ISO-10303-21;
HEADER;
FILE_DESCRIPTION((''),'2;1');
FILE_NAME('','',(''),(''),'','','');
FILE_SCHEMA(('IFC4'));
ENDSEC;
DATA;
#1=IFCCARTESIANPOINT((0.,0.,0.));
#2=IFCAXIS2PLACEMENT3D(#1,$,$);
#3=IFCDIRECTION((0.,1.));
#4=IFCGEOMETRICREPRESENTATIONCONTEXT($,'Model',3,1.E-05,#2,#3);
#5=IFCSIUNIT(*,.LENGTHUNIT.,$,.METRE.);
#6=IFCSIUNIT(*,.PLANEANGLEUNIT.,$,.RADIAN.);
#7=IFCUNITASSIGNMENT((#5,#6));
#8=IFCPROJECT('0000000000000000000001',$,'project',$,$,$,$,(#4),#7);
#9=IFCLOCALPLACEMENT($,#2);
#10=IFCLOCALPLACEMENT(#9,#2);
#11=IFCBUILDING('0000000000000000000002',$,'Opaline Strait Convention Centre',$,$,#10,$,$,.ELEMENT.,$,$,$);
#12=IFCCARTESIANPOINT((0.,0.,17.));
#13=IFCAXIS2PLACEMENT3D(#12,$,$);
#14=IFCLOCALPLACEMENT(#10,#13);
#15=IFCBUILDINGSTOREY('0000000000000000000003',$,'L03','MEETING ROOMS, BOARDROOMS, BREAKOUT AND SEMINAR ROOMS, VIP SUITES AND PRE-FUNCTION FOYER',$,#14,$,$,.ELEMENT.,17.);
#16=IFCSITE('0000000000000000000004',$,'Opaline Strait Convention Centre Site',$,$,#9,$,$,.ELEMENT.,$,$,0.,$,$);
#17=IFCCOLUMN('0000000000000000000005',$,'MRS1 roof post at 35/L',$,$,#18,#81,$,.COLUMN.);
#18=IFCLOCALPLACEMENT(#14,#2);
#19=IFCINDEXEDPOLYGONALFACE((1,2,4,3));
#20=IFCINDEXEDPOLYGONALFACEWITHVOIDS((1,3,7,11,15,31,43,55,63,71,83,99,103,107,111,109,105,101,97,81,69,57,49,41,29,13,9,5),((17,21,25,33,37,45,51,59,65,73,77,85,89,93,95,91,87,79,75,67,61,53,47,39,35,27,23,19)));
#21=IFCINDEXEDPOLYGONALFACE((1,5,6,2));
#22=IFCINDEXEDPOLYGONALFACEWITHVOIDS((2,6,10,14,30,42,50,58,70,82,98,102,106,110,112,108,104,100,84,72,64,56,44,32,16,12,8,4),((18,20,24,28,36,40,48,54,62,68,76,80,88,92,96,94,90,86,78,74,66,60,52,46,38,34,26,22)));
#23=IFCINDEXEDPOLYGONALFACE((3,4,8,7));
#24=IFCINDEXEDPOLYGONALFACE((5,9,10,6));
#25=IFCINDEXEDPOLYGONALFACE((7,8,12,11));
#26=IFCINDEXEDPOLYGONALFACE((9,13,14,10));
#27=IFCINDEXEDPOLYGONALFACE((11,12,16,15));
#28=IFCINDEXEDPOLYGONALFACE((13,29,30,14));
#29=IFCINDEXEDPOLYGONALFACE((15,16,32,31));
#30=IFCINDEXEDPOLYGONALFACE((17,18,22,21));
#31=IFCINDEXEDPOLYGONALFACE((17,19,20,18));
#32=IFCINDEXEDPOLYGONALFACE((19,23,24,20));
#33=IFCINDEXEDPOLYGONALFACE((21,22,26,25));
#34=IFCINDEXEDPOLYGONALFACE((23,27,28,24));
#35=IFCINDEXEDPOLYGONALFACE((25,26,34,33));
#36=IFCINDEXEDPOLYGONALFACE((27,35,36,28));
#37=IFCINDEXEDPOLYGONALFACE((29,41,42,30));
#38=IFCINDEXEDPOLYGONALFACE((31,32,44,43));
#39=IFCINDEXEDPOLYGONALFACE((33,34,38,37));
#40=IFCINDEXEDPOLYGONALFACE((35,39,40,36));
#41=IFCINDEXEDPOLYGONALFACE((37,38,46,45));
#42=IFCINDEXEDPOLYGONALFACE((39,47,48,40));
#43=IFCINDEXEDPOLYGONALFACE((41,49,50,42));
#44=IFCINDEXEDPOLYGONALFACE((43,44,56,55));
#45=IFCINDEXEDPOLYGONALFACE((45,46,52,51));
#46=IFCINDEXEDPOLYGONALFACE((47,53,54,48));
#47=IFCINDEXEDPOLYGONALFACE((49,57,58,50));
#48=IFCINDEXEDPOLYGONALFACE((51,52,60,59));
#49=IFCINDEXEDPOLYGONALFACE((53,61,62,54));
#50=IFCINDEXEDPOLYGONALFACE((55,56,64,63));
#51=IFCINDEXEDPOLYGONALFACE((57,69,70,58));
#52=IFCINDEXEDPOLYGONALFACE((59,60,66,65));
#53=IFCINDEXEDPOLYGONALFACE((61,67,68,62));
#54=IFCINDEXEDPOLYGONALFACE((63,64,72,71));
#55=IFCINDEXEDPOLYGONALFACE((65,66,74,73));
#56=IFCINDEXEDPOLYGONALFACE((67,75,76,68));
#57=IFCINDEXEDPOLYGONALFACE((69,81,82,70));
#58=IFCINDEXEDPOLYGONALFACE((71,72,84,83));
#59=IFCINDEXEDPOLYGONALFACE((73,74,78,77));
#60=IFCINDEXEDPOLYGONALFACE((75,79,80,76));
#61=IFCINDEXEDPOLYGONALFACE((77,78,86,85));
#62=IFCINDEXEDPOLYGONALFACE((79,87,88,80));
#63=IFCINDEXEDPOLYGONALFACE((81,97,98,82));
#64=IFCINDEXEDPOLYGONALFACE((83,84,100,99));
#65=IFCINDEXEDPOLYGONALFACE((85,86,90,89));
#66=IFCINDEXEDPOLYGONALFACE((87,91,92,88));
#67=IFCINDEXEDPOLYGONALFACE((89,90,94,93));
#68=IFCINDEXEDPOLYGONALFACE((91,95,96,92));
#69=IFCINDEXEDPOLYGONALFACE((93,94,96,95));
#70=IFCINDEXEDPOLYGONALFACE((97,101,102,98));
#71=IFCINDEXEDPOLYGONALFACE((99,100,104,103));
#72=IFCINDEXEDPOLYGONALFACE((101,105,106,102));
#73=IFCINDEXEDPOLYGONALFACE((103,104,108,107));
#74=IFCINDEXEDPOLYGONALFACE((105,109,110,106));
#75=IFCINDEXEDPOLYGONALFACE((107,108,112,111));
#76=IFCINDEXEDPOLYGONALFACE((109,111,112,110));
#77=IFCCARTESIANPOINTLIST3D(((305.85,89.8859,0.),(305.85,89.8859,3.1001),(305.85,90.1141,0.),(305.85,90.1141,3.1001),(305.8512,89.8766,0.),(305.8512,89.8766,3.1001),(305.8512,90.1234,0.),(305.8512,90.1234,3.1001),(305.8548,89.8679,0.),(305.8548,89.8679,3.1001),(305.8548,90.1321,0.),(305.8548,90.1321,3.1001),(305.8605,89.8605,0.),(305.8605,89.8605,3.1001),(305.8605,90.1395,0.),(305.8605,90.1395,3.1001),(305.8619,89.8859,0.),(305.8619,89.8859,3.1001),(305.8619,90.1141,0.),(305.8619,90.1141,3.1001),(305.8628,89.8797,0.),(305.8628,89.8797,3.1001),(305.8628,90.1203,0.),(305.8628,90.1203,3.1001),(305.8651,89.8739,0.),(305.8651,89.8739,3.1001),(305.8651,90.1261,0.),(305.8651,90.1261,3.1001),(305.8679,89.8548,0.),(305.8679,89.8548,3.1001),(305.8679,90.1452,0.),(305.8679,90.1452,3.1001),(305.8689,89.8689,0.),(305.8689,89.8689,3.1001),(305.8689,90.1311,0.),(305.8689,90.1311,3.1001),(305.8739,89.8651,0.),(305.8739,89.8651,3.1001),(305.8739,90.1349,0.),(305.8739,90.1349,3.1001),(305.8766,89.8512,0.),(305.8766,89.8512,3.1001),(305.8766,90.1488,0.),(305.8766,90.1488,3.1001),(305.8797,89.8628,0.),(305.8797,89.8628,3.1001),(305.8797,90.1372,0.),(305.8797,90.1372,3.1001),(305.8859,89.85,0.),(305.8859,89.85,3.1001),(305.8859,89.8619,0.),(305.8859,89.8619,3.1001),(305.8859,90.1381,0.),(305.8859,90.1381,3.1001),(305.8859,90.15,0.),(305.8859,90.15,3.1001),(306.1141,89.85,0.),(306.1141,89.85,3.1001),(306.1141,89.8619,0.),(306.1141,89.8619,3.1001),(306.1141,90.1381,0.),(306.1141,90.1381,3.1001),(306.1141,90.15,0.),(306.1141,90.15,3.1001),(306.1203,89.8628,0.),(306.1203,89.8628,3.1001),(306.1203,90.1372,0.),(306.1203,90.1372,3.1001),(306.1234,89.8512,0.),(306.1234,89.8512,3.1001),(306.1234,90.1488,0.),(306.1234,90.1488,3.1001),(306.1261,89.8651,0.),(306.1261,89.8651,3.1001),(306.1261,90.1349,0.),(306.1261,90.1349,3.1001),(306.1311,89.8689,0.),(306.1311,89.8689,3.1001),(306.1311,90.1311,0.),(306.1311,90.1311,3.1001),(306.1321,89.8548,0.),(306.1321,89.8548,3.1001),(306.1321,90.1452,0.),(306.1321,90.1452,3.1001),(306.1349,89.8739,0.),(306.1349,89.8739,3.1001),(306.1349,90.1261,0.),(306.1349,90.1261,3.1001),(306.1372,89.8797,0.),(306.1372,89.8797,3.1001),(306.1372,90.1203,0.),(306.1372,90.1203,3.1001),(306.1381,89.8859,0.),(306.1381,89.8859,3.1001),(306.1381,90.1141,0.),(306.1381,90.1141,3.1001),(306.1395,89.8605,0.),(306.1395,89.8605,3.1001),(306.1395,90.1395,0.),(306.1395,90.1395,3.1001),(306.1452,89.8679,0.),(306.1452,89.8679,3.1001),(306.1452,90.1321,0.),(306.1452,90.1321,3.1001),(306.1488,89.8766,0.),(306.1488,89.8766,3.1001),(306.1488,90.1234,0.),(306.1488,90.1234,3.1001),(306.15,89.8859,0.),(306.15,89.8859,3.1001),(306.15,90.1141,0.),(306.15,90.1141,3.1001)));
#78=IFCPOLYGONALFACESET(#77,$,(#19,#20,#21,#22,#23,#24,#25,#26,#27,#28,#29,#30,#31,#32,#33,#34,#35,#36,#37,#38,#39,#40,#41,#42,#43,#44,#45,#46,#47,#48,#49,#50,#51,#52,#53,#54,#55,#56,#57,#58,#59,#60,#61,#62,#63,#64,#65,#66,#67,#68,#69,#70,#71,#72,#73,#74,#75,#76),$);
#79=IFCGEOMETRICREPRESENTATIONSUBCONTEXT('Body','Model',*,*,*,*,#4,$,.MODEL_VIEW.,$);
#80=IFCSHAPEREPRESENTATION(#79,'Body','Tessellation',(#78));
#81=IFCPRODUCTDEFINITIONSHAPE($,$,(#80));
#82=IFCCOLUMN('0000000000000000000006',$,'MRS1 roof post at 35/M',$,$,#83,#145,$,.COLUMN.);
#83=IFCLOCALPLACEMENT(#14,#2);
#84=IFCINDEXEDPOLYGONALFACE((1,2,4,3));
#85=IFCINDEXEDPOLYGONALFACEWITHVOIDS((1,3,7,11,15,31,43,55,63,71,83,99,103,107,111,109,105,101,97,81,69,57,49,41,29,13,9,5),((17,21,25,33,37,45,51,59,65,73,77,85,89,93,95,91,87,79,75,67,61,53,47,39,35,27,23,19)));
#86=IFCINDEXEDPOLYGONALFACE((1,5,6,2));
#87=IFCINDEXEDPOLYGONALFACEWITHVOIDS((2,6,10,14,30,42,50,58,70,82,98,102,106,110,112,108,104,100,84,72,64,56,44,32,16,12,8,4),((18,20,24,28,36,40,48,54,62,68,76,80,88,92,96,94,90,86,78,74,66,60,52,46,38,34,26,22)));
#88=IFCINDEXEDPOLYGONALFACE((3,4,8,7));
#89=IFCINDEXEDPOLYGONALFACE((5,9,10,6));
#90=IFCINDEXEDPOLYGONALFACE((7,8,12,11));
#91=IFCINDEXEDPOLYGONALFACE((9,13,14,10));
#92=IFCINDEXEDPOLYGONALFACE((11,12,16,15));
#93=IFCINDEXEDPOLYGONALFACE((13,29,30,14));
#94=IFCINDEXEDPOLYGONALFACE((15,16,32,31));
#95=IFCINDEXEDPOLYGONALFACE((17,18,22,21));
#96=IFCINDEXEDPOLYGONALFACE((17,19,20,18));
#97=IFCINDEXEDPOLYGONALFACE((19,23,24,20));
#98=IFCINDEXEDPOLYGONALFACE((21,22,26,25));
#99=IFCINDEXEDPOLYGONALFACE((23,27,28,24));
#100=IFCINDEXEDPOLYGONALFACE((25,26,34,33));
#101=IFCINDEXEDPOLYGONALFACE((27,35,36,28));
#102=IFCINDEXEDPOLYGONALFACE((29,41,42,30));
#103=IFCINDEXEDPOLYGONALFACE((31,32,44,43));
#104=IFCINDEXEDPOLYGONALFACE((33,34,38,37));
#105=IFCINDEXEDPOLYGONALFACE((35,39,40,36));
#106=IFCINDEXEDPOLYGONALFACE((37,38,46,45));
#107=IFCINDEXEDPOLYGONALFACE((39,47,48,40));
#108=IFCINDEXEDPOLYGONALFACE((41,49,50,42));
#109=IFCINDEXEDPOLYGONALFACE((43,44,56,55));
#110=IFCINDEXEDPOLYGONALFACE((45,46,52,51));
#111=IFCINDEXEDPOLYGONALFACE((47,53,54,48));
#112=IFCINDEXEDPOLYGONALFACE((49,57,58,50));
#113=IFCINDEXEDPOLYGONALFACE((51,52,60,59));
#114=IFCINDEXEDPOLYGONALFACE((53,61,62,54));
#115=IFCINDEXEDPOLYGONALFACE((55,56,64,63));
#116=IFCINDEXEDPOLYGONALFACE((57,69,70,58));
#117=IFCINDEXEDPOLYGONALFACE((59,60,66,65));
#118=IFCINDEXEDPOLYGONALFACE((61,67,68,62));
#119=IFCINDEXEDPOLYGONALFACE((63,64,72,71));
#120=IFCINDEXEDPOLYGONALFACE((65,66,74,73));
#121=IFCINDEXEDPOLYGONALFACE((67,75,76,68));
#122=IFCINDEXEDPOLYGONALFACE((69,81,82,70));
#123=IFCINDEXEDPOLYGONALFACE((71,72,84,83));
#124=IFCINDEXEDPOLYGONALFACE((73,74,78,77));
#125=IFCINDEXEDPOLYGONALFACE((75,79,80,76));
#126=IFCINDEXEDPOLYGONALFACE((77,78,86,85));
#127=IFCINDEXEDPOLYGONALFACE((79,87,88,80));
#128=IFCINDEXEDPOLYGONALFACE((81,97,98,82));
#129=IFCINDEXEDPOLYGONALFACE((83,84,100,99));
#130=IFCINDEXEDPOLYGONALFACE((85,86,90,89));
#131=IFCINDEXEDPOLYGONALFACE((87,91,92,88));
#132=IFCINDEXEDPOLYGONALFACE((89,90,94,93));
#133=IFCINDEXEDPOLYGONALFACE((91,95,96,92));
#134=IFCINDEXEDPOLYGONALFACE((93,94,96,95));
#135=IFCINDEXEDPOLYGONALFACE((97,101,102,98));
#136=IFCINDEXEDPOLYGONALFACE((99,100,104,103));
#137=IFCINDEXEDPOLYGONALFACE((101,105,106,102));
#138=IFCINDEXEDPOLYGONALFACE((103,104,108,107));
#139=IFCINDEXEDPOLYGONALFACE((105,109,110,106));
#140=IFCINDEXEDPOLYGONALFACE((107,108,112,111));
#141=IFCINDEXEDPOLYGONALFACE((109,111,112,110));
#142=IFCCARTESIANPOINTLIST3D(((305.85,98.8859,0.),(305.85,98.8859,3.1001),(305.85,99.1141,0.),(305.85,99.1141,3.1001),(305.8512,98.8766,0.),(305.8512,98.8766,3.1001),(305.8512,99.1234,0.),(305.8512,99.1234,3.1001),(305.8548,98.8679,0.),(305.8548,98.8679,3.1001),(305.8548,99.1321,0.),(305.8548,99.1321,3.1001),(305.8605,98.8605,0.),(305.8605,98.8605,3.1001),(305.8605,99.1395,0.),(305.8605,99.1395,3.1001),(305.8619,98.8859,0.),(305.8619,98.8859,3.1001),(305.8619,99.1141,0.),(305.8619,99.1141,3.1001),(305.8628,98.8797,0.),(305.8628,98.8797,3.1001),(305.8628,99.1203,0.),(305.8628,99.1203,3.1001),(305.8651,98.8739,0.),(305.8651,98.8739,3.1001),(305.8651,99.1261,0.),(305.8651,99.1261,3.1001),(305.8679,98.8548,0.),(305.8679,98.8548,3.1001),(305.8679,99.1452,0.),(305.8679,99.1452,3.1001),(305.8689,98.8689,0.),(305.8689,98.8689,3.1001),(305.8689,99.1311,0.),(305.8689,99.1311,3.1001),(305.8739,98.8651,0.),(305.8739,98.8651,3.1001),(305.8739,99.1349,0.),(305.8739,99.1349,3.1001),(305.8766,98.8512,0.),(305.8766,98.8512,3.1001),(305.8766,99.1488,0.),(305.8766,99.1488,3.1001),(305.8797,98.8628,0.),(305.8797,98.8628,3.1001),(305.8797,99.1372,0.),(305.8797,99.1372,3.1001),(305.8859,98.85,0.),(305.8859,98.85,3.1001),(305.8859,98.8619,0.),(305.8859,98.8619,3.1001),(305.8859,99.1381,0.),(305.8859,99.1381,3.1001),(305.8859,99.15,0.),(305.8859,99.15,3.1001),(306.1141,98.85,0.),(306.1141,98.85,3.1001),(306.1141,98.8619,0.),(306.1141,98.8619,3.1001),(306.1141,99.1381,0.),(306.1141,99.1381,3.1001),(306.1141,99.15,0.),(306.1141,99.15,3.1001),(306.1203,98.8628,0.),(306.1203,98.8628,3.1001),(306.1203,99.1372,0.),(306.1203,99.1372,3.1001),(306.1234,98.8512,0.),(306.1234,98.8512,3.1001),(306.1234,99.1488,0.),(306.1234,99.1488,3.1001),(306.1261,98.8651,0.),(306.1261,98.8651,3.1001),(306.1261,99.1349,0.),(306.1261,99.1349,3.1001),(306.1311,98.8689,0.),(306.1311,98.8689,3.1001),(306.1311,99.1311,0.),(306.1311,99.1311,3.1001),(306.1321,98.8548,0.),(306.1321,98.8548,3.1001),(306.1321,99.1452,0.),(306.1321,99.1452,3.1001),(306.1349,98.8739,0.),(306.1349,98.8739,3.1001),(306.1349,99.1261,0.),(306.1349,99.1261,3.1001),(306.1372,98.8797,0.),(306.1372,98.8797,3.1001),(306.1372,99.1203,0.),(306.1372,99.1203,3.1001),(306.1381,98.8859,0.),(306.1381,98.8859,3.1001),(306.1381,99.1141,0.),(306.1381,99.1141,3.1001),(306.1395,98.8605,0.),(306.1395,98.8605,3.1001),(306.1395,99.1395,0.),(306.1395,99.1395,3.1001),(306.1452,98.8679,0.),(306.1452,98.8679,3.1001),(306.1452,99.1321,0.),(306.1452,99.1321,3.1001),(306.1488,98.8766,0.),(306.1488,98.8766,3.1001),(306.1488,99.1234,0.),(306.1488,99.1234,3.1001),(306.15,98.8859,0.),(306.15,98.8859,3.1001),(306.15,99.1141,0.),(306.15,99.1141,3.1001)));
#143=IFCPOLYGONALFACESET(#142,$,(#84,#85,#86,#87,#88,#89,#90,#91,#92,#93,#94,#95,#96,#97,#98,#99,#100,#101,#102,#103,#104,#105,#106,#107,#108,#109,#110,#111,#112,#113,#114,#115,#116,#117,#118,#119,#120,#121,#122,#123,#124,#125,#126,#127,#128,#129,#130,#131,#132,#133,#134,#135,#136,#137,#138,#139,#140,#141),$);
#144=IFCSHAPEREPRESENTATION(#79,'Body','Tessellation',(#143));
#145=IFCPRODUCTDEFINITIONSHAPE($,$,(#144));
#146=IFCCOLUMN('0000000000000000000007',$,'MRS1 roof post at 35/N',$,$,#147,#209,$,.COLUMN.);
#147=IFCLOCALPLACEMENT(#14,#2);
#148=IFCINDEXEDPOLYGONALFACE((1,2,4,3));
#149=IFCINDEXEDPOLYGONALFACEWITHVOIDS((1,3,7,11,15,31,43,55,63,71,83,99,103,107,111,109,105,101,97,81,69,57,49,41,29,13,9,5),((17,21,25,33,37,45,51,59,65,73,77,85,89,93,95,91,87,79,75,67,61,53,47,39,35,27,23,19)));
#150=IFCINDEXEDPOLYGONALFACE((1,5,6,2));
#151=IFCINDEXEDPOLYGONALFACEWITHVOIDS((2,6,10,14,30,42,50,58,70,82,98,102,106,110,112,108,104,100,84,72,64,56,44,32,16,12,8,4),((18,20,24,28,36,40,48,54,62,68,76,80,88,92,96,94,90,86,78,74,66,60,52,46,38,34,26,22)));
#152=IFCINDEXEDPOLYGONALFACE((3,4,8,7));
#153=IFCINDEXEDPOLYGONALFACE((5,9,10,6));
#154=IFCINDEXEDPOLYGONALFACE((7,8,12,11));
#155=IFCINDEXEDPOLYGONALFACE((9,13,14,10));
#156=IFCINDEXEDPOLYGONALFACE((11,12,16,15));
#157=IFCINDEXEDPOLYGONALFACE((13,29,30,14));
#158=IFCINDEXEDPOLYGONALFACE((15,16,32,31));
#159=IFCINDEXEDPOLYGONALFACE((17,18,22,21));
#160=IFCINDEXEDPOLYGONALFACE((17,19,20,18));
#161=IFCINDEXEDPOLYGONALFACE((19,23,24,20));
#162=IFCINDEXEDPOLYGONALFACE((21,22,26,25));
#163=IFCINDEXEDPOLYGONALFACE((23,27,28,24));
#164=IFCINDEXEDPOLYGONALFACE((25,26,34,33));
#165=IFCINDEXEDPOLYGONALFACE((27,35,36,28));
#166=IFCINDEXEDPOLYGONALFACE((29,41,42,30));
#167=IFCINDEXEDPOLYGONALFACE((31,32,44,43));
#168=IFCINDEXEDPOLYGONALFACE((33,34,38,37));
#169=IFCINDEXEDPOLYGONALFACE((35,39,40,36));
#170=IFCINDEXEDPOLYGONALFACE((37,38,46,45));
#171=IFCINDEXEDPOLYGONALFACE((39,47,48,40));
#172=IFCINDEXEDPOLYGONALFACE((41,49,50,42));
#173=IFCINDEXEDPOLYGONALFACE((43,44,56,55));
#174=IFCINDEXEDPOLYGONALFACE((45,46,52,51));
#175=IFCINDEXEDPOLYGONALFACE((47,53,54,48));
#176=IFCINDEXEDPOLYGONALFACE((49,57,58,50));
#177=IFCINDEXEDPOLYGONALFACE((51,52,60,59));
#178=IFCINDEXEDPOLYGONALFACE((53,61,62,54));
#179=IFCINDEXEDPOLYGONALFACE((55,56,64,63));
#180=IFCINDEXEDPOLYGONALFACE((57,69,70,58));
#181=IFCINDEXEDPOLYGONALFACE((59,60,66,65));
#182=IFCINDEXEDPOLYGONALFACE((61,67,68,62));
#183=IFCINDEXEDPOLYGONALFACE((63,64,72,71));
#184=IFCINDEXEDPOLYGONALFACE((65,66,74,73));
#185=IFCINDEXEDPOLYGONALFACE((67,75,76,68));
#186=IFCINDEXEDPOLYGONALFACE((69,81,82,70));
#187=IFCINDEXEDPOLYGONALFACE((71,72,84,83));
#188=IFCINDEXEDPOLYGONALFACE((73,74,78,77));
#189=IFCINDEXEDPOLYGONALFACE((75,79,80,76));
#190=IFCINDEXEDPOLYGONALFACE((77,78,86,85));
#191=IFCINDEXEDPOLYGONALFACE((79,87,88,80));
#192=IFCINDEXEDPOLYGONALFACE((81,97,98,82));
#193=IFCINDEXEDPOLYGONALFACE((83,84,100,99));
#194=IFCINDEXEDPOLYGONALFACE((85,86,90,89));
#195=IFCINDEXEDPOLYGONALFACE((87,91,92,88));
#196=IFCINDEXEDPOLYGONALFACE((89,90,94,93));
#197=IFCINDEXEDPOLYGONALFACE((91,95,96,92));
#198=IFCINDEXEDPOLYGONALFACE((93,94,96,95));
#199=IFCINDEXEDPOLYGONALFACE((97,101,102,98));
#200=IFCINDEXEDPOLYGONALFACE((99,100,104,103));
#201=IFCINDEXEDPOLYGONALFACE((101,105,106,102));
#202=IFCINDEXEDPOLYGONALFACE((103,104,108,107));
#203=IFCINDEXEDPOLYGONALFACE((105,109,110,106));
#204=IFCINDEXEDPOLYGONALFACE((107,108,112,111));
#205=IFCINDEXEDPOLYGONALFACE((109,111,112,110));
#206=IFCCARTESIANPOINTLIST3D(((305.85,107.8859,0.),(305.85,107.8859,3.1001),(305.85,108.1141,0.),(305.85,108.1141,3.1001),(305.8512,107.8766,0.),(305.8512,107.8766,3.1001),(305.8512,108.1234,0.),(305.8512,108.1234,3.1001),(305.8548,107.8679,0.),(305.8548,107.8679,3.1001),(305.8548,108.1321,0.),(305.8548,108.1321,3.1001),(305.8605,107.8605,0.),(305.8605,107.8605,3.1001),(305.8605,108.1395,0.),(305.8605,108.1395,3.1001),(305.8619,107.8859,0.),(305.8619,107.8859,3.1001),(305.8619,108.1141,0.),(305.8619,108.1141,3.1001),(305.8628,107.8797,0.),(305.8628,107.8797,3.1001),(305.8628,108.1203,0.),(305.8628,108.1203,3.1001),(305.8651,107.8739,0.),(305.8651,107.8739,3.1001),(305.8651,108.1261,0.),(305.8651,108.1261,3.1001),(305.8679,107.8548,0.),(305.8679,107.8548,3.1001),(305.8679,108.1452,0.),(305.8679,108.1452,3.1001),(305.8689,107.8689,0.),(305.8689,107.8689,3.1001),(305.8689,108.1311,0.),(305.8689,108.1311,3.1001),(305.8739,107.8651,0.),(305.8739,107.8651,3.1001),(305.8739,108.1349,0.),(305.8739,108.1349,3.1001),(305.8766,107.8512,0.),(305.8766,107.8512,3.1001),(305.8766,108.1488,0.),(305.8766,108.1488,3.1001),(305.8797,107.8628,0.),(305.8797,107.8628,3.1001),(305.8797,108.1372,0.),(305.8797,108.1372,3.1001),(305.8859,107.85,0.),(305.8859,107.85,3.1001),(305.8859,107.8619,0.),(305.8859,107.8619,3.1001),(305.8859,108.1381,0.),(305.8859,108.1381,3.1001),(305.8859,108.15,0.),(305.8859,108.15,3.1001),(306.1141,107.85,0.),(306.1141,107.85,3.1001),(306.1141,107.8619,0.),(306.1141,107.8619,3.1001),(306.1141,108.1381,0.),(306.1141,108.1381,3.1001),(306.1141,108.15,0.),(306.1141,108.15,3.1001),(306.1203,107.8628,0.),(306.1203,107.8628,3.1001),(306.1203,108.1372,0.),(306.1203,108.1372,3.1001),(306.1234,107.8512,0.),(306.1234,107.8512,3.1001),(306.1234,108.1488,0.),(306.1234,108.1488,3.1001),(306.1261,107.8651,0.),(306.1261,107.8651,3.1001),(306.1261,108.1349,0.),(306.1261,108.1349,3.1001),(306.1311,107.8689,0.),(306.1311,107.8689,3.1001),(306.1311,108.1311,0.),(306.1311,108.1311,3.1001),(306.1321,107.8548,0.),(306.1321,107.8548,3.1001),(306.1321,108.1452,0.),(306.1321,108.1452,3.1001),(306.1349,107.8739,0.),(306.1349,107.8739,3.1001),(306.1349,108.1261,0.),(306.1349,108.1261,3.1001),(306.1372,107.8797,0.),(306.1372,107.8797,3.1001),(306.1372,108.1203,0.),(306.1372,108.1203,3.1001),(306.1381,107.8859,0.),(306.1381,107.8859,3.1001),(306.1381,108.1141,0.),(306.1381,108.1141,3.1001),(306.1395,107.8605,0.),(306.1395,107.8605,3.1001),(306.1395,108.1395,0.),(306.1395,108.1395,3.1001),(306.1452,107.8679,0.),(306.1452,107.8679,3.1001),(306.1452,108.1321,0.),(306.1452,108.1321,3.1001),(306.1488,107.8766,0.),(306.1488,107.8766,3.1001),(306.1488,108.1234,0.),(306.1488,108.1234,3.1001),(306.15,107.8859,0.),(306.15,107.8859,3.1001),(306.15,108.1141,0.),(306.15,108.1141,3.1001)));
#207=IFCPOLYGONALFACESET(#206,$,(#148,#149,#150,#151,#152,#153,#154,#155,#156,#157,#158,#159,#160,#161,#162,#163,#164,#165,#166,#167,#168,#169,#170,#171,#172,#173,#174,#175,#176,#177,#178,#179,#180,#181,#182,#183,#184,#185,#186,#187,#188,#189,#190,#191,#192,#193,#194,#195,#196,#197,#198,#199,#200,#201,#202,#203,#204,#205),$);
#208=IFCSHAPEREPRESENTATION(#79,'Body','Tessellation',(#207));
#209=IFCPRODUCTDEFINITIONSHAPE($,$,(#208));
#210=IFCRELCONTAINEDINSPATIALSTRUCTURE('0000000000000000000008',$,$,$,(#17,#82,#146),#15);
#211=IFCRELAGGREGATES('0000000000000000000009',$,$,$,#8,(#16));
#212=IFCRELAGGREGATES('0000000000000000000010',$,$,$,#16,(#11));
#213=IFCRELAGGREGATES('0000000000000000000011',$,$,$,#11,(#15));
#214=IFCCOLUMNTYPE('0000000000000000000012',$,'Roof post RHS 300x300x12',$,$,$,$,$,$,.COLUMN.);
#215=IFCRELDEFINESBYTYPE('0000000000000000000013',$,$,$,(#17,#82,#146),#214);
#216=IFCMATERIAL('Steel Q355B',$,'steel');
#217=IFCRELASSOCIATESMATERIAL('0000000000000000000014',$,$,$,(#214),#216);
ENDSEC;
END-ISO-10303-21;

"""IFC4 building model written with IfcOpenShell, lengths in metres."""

from ifc_helpers import new_model, si_unit, direction, frame, origin, origin_2d, place, context, subcontext, project, spatial, hollow_rectangle, extrude, material, material_profile, profile_set, type_object, element, save


model = new_model("IFC4")

# Units and contexts
model_context = context("Model", 3, precision=1e-05, world=origin(), true_north=direction((0.0, 1.0)))
body_context = subcontext(model_context, "Body", "Model", "MODEL_VIEW")
ifc_project = project(units=[si_unit("LENGTHUNIT", "METRE"), si_unit("PLANEANGLEUNIT", "RADIAN")], contexts=[model_context])

# Site, building, storey
site_placement = place(None, origin())
site = spatial("IfcSite", under=ifc_project, at=site_placement, Name="Opaline Strait Convention Centre Site", CompositionType="ELEMENT", RefElevation=0.0)
building_placement = place(site_placement, origin())
building = spatial("IfcBuilding", under=site, at=building_placement, Name="Opaline Strait Convention Centre", CompositionType="ELEMENT")
storey_placement = place(building_placement, frame((0.0, 0.0, 17.0)))
storey = spatial("IfcBuildingStorey", under=building, at=storey_placement, Name="L03", Description="MEETING ROOMS, BOARDROOMS, BREAKOUT AND SEMINAR ROOMS, VIP SUITES AND PRE-FUNCTION FOYER", CompositionType="ELEMENT", Elevation=17.0)

# Columns
ifc_material_1 = material(Name="Steel Q355B", Category="steel")
ifc_material_profile_1 = material_profile(ifc_material_1, hollow_rectangle(XDim=0.3, YDim=0.3, WallThickness=0.012, InnerFilletRadius=0.0239, OuterFilletRadius=0.0359, at=origin_2d()), Name="RHS 300x300x12")
ifc_profile_set_1 = profile_set([ifc_material_profile_1], Name="Steel Q355B")
column_type = type_object("IfcColumnType", Name="Roof post RHS 300x300x12", PredefinedType="COLUMN", material=ifc_profile_set_1)
for number, where, z_axis, x_axis, name in (
    (1, (306.0, 90.0, 0.0), (0.0, 0.0, 1.0), (1.0, 0.0, 0.0), "MRS1 roof post at 35/L"),
    (2, (306.0, 99.0, 0.0), (0.0, 0.0, 1.0), (1.0, 0.0, 0.0), "MRS1 roof post at 35/M"),
    (3, (306.0, 108.0, 0.0), (0.0, 0.0, 1.0), (1.0, 0.0, 0.0), "MRS1 roof post at 35/N"),
):
    element("IfcColumn", number, at=place(storey_placement, frame(where, z_axis=z_axis, x_axis=x_axis)), inside=storey, type_object=column_type, Name=name, PredefinedType="COLUMN", context=body_context, shape_type="SweptSolid", body=[
        extrude(hollow_rectangle(XDim=0.3, YDim=0.3, WallThickness=0.012, InnerFilletRadius=0.0239, OuterFilletRadius=0.0359, at=origin_2d()), origin(), (0.0, 0.0, 1.0), 3.1001),
    ])

save(model, "model.ifc")
